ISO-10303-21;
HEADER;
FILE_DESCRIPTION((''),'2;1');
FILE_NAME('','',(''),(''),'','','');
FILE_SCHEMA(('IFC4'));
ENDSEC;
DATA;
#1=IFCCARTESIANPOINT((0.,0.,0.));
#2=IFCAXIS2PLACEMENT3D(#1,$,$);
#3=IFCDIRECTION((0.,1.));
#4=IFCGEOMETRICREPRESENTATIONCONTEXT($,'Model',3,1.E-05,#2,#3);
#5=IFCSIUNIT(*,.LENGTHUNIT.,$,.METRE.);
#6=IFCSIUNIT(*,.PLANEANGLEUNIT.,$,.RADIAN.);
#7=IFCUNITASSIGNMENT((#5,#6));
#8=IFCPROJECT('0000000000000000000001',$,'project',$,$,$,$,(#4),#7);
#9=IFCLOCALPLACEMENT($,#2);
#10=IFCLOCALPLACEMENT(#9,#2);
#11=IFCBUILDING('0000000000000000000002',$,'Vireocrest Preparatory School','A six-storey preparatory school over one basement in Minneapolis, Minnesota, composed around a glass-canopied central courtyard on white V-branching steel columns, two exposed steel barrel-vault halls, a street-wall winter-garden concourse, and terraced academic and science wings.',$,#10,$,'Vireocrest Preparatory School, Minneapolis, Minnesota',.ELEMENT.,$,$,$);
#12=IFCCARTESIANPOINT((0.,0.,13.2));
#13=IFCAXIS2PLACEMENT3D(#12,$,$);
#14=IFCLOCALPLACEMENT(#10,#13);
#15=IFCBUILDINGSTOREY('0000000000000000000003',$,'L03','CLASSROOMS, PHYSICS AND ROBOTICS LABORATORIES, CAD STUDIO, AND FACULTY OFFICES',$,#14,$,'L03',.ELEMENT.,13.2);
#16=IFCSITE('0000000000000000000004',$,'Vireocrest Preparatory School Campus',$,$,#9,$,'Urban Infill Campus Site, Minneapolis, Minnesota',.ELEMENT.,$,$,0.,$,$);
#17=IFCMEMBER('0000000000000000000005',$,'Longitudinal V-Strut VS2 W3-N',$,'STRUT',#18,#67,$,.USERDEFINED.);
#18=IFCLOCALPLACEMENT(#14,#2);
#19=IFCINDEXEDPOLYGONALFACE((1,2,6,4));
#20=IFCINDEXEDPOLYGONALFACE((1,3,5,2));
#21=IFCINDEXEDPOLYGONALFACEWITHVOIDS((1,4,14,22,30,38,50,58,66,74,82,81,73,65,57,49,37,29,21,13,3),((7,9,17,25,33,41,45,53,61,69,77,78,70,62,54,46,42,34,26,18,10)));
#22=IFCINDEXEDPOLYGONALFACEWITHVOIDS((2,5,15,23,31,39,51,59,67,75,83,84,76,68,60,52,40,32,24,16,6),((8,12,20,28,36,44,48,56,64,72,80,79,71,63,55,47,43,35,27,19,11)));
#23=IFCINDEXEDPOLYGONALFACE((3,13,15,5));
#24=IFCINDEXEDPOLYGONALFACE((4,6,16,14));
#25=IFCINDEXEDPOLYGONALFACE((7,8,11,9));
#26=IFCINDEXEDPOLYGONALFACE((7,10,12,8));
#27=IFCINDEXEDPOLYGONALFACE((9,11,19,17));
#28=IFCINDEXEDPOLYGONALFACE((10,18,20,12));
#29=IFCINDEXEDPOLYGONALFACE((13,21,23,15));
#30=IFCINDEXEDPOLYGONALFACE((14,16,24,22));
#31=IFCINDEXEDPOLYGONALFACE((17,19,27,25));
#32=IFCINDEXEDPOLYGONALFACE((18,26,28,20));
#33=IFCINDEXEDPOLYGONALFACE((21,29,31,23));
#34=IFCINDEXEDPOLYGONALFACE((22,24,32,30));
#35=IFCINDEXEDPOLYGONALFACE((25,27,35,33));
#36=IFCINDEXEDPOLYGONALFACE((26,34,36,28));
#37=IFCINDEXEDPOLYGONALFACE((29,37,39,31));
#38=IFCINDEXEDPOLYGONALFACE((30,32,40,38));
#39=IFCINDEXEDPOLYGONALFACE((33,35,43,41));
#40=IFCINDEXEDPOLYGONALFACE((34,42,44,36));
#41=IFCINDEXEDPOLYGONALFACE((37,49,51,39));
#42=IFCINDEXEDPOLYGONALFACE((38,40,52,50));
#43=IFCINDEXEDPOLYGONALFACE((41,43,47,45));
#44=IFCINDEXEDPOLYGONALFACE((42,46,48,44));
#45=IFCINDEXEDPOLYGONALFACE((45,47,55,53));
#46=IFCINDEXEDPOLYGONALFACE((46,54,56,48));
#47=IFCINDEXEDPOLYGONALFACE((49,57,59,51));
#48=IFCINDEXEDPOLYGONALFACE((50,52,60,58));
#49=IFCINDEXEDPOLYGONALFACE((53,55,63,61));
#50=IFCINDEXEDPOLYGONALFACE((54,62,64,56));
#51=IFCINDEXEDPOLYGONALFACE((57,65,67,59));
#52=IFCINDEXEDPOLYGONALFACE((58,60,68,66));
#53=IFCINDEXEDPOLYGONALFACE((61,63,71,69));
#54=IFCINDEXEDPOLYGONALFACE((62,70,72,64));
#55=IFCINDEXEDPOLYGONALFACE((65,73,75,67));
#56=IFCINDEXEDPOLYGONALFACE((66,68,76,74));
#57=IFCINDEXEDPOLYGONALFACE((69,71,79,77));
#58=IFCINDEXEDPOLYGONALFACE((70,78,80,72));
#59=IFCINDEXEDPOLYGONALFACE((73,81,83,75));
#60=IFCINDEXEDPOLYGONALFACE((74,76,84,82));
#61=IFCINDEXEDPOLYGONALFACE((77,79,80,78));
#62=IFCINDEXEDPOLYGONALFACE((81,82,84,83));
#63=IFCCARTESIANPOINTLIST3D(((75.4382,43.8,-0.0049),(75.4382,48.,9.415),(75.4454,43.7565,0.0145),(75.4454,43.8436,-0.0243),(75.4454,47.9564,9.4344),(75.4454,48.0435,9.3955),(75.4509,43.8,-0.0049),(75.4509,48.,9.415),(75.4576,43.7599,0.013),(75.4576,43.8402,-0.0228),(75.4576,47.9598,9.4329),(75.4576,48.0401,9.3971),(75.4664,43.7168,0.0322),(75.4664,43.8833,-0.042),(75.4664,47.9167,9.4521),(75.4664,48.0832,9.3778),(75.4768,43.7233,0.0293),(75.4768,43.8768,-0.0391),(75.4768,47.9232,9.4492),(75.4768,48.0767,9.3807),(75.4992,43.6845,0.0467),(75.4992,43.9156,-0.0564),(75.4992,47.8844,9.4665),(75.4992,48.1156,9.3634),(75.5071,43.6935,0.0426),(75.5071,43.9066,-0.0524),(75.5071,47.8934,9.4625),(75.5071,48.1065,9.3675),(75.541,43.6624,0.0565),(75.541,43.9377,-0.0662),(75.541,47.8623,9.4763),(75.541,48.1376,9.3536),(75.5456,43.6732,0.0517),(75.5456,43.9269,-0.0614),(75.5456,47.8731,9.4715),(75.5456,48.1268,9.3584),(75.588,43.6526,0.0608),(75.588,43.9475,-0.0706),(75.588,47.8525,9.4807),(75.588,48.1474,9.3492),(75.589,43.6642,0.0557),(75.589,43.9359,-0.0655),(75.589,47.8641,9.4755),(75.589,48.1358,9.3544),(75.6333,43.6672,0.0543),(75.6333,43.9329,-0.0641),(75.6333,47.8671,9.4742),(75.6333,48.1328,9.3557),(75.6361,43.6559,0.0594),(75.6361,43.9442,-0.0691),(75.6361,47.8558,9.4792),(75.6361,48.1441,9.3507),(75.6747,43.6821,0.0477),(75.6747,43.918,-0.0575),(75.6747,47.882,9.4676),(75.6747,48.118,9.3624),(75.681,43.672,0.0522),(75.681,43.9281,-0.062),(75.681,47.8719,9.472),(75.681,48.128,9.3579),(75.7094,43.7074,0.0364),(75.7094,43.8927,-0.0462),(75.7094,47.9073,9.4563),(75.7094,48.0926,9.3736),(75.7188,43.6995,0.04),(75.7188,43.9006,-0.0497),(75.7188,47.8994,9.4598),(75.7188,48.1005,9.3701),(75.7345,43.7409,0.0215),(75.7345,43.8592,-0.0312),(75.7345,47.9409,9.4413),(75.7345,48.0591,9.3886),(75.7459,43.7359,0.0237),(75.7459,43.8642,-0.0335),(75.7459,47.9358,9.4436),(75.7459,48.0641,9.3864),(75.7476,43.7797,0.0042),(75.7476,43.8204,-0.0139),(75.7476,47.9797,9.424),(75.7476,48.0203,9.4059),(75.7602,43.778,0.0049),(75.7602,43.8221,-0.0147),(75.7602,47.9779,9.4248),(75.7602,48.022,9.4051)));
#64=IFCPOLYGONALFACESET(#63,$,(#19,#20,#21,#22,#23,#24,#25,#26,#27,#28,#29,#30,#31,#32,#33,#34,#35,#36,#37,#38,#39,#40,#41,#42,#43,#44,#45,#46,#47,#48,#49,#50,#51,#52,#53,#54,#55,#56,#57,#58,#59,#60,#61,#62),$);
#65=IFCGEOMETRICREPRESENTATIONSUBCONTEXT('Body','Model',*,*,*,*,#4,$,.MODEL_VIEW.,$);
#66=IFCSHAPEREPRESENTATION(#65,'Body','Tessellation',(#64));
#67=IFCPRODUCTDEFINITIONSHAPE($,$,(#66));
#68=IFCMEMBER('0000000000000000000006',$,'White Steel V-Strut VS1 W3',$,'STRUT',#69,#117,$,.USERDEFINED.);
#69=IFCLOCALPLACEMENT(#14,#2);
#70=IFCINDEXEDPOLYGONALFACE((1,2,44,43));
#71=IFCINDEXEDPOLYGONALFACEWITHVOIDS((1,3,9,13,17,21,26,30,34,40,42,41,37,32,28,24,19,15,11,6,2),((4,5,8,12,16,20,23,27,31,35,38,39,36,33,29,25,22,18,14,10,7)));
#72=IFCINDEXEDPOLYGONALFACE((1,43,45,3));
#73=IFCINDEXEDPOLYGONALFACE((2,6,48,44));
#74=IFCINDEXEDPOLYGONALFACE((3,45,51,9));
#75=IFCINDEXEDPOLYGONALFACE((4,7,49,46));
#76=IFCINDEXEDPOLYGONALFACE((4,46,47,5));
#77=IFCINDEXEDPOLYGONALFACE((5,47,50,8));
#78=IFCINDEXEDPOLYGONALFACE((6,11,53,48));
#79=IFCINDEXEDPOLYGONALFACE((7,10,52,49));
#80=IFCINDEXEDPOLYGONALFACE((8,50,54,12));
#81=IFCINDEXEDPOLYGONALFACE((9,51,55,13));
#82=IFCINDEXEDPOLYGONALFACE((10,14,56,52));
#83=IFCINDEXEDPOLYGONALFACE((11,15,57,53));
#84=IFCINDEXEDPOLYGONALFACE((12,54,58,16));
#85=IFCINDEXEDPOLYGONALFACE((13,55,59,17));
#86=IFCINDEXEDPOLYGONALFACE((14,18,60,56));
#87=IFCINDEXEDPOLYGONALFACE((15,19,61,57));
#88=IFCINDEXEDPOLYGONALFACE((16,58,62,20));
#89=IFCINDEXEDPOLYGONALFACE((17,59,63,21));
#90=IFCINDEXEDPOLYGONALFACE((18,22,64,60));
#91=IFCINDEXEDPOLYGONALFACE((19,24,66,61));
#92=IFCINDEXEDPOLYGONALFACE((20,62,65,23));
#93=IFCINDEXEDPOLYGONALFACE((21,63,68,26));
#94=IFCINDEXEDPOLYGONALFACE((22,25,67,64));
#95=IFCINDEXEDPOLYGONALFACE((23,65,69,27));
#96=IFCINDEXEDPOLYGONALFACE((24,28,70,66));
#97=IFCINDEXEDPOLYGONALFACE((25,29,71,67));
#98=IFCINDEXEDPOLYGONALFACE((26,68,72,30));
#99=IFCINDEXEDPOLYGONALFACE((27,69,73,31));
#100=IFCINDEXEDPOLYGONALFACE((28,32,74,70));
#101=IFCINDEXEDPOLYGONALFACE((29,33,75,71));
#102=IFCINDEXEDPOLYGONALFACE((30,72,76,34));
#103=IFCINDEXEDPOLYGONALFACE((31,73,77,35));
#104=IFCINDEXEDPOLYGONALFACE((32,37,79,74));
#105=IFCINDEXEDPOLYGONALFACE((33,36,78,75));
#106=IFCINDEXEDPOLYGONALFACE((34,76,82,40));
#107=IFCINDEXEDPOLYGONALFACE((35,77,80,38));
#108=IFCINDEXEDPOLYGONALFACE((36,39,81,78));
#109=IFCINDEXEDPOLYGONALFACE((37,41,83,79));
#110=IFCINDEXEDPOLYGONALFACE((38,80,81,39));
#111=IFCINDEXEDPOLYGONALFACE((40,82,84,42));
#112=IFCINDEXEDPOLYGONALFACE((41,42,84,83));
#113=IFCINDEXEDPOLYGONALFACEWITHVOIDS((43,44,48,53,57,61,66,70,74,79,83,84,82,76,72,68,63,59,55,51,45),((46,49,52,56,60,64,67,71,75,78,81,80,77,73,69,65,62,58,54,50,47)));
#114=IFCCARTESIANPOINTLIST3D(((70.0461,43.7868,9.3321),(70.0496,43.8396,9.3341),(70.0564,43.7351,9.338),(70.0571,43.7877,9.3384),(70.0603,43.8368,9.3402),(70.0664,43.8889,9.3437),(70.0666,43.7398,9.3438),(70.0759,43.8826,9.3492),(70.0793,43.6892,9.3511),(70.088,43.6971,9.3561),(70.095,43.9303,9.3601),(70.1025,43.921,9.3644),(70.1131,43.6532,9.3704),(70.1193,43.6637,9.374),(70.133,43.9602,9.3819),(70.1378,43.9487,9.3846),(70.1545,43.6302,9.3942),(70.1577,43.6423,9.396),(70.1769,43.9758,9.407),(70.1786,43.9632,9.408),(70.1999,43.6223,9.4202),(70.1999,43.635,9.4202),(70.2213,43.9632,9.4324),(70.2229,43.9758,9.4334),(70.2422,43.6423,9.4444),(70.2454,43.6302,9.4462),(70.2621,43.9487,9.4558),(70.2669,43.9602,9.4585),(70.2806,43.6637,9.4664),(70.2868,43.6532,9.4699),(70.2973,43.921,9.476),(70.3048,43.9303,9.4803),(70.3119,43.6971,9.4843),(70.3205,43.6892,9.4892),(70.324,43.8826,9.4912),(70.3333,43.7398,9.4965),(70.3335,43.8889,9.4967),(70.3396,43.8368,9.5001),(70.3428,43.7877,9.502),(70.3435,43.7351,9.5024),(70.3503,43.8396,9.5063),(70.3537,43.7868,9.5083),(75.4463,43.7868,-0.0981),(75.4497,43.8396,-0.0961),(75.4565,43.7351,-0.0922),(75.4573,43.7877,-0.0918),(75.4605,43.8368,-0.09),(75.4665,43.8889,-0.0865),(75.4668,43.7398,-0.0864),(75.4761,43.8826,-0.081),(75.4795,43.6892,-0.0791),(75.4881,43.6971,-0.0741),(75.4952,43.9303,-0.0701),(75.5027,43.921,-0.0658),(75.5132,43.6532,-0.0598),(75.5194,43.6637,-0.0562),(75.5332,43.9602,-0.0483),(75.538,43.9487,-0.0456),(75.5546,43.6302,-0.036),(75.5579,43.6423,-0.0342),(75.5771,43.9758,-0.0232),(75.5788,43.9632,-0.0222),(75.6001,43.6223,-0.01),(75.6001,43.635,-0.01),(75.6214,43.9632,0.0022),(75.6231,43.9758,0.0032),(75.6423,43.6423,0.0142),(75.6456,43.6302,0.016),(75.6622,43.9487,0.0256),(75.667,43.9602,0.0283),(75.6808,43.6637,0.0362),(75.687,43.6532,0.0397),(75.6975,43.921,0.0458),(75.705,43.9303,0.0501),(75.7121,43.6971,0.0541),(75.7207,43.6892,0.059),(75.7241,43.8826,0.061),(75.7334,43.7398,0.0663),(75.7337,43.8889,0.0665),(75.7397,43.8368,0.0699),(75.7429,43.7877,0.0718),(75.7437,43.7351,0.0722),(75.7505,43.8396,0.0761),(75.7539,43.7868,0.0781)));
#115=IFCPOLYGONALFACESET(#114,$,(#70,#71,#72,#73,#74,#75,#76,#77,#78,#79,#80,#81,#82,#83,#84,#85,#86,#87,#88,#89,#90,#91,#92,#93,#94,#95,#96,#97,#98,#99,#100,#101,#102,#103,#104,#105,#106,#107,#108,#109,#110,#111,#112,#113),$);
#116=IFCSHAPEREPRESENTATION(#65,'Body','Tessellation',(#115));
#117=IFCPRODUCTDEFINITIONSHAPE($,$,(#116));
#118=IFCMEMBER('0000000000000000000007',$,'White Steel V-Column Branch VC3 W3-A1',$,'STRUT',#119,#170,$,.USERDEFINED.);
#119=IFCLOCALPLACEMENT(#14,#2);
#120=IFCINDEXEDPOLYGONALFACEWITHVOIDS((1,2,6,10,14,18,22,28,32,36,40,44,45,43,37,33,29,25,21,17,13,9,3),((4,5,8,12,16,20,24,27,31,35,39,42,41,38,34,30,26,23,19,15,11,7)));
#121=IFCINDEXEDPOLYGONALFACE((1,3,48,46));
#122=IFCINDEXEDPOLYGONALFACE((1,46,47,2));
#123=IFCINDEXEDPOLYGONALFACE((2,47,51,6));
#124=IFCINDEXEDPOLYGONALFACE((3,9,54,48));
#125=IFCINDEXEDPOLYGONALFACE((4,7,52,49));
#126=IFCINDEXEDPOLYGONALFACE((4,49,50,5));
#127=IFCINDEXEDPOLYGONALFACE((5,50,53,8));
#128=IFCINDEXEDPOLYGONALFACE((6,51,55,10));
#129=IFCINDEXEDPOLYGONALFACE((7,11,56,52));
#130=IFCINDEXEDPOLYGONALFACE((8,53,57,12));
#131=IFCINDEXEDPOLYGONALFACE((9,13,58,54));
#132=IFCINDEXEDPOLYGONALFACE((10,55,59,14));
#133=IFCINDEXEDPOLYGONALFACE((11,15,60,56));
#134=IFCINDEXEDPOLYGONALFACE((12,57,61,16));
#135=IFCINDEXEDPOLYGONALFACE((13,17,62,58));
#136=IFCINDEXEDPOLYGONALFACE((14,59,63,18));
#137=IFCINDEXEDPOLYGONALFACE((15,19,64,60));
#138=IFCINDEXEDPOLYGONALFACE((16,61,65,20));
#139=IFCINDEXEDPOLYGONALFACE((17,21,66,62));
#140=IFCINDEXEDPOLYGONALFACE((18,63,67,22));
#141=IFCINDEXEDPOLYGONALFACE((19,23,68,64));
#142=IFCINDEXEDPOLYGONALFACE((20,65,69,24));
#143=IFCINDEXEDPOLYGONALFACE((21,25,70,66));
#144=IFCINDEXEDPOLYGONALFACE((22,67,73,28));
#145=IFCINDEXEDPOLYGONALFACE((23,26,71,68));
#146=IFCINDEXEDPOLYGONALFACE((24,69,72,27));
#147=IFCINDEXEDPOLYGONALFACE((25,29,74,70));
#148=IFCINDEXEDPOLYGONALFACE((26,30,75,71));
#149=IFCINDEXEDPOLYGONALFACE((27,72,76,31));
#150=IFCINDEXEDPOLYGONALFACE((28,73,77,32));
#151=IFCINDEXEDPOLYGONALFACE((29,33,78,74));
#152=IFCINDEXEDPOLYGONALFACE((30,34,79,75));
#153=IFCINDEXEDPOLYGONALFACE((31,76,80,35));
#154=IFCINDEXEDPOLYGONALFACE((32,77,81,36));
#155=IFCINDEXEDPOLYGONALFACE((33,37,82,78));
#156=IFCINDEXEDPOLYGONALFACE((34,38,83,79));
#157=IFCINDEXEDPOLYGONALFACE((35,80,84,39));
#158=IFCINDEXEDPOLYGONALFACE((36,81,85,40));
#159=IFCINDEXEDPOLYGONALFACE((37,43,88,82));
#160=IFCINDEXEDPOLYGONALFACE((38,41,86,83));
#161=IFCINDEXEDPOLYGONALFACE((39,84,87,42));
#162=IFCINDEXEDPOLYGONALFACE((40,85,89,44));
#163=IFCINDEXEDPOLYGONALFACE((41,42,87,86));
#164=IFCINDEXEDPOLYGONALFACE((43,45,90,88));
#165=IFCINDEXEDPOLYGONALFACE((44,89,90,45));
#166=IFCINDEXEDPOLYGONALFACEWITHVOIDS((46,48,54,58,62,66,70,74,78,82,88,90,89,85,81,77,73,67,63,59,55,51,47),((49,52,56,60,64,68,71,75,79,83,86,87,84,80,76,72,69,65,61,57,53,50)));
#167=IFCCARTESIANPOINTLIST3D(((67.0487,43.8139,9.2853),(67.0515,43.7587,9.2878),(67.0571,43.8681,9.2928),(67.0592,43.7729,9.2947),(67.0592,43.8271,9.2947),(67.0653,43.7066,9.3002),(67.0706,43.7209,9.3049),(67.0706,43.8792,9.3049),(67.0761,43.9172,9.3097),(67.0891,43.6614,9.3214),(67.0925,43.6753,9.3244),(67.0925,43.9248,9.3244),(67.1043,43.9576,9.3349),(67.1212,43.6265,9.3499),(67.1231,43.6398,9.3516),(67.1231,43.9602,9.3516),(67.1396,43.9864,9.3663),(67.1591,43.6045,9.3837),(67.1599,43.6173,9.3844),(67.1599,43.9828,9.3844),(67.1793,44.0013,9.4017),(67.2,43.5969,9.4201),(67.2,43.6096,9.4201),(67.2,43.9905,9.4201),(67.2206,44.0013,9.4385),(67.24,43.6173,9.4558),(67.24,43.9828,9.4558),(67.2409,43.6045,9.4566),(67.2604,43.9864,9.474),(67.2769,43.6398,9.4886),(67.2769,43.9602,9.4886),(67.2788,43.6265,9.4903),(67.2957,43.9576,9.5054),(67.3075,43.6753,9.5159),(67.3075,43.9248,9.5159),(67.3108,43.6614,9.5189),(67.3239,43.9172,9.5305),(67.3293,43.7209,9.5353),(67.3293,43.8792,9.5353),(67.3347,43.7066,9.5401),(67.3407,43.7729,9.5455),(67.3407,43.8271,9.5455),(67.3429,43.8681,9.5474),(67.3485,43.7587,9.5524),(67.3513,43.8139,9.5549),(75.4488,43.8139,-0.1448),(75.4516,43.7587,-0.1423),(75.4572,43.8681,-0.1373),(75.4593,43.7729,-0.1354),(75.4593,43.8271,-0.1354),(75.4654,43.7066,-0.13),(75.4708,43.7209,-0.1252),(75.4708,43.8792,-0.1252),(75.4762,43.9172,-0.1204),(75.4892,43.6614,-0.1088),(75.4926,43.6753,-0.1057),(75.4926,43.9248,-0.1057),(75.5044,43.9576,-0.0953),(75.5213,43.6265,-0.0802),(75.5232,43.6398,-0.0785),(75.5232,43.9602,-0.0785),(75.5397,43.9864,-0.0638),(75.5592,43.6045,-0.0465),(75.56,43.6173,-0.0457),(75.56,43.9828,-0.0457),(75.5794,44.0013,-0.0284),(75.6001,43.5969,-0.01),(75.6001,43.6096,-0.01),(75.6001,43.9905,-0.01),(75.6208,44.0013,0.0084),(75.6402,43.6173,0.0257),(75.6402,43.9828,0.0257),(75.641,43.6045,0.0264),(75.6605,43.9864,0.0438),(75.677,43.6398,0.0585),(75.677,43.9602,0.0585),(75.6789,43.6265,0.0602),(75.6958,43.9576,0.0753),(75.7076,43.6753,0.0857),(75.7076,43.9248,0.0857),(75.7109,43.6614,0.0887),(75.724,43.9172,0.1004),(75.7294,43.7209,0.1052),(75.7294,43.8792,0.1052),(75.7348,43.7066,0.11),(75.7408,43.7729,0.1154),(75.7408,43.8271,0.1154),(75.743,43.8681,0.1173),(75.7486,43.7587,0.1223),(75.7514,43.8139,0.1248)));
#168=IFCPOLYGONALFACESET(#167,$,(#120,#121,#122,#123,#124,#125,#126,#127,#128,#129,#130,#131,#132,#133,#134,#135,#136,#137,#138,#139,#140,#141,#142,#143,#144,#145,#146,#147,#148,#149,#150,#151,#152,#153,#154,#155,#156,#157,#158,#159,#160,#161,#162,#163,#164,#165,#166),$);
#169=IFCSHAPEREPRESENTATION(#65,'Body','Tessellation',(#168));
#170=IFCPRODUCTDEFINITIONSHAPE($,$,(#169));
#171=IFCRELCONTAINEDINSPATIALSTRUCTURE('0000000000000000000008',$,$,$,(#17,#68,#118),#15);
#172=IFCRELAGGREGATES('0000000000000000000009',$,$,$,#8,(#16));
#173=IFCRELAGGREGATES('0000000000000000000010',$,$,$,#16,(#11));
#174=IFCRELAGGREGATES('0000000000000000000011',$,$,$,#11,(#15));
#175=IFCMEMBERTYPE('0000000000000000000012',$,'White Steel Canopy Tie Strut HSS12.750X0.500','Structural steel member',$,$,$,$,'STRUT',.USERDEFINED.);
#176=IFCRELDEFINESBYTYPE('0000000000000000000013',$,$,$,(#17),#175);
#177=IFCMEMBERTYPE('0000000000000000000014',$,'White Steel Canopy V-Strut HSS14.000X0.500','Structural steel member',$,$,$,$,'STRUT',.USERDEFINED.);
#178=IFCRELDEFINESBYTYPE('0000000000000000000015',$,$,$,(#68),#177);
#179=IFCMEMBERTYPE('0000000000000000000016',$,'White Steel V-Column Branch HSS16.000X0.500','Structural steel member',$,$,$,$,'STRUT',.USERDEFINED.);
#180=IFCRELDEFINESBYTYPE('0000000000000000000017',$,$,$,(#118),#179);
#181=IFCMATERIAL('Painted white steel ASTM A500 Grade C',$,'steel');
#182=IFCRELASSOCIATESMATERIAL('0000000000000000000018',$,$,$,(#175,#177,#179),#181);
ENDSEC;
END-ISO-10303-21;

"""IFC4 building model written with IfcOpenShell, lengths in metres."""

from ifc_helpers import new_model, si_unit, direction, frame, origin, origin_2d, place, context, subcontext, project, spatial, hollow_circle, extrude, material, material_profile, profile_set, type_object, element, save


model = new_model("IFC4")

# Units and contexts
model_context = context("Model", 3, precision=1e-05, world=origin(), true_north=direction((0.0, 1.0)))
body_context = subcontext(model_context, "Body", "Model", "MODEL_VIEW")
ifc_project = project(units=[si_unit("LENGTHUNIT", "METRE"), si_unit("PLANEANGLEUNIT", "RADIAN")], contexts=[model_context])

# Site, building, storey
site_placement = place(None, origin())
site = spatial("IfcSite", under=ifc_project, at=site_placement, Name="Vireocrest Preparatory School Campus", LongName="Urban Infill Campus Site, Minneapolis, Minnesota", CompositionType="ELEMENT", RefElevation=0.0)
building_placement = place(site_placement, origin())
building = spatial("IfcBuilding", under=site, at=building_placement, Name="Vireocrest Preparatory School", Description="A six-storey preparatory school over one basement in Minneapolis, Minnesota, composed around a glass-canopied central courtyard on white V-branching steel columns, two exposed steel barrel-vault halls, a street-wall winter-garden concourse, and terraced academic and science wings.", LongName="Vireocrest Preparatory School, Minneapolis, Minnesota", CompositionType="ELEMENT")
storey_placement = place(building_placement, frame((0.0, 0.0, 13.2)))
storey = spatial("IfcBuildingStorey", under=building, at=storey_placement, Name="L03", Description="CLASSROOMS, PHYSICS AND ROBOTICS LABORATORIES, CAD STUDIO, AND FACULTY OFFICES", LongName="L03", CompositionType="ELEMENT", Elevation=13.2)

# Members
ifc_material_1 = material(Name="Painted white steel ASTM A500 Grade C", Category="steel")
ifc_material_profile_1 = material_profile(ifc_material_1, hollow_circle(Radius=0.1619, WallThickness=0.0127, at=origin_2d()), Name="HSS12.750X0.500")
ifc_profile_set_1 = profile_set([ifc_material_profile_1], Name="Painted white steel ASTM A500 Grade C")
member_type_1 = type_object("IfcMemberType", Name="White Steel Canopy Tie Strut HSS12.750X0.500", Description="Structural steel member", ElementType="STRUT", PredefinedType="USERDEFINED", material=ifc_profile_set_1)
for number, where, z_axis, x_axis, name in (
    (1, (75.6001, 43.8, -0.0049), (0.0, 0.407217, 0.913332), (-1.0, 0.0, 0.0), "Longitudinal V-Strut VS2 W3-N"),
):
    element("IfcMember", number, at=place(storey_placement, frame(where, z_axis=z_axis, x_axis=x_axis)), inside=storey, type_object=member_type_1, Name=name, ObjectType="STRUT", PredefinedType="USERDEFINED", context=body_context, shape_type="SweptSolid", body=[
        extrude(hollow_circle(Radius=0.1619, WallThickness=0.0127, at=origin_2d()), origin(), (0.0, 0.0, 1.0), 10.3137),
    ])
ifc_material_profile_2 = material_profile(ifc_material_1, hollow_circle(Radius=0.1777, WallThickness=0.0127, at=origin_2d()), Name="HSS14.000X0.500")
ifc_profile_set_2 = profile_set([ifc_material_profile_2], Name="Painted white steel ASTM A500 Grade C")
member_type_2 = type_object("IfcMemberType", Name="White Steel Canopy V-Strut HSS14.000X0.500", Description="Structural steel member", ElementType="STRUT", PredefinedType="USERDEFINED", material=ifc_profile_set_2)
member_1_placement = place(storey_placement, frame((75.6001, 43.8, -0.01), z_axis=(-0.496935, 0.0, 0.867788), x_axis=(0.0, -1.0, 0.0)))
element("IfcMember", 2, at=member_1_placement, inside=storey, type_object=member_type_2, Name="White Steel V-Strut VS1 W3", ObjectType="STRUT", PredefinedType="USERDEFINED", context=body_context, shape_type="SweptSolid", body=[
    extrude(hollow_circle(Radius=0.1777, WallThickness=0.0127, at=origin_2d()), origin(), (0.0, 0.0, 1.0), 10.8669),
])
ifc_material_profile_3 = material_profile(ifc_material_1, hollow_circle(Radius=0.2031, WallThickness=0.0127, at=origin_2d()), Name="HSS16.000X0.500")
ifc_profile_set_3 = profile_set([ifc_material_profile_3], Name="Painted white steel ASTM A500 Grade C")
member_type_3 = type_object("IfcMemberType", Name="White Steel V-Column Branch HSS16.000X0.500", Description="Structural steel member", ElementType="STRUT", PredefinedType="USERDEFINED", material=ifc_profile_set_3)
for number, where, z_axis, x_axis, name in (
    (3, (75.6001, 43.8, -0.01), (-0.665149, 0.0, 0.74671), (0.0, -1.0, 0.0), "White Steel V-Column Branch VC3 W3-A1"),
):
    element("IfcMember", number, at=place(storey_placement, frame(where, z_axis=z_axis, x_axis=x_axis)), inside=storey, type_object=member_type_3, Name=name, ObjectType="STRUT", PredefinedType="USERDEFINED", context=body_context, shape_type="SweptSolid", body=[
        extrude(hollow_circle(Radius=0.2031, WallThickness=0.0127, at=origin_2d()), origin(), (0.0, 0.0, 1.0), 12.6289),
    ])

save(model, "model.ifc")
